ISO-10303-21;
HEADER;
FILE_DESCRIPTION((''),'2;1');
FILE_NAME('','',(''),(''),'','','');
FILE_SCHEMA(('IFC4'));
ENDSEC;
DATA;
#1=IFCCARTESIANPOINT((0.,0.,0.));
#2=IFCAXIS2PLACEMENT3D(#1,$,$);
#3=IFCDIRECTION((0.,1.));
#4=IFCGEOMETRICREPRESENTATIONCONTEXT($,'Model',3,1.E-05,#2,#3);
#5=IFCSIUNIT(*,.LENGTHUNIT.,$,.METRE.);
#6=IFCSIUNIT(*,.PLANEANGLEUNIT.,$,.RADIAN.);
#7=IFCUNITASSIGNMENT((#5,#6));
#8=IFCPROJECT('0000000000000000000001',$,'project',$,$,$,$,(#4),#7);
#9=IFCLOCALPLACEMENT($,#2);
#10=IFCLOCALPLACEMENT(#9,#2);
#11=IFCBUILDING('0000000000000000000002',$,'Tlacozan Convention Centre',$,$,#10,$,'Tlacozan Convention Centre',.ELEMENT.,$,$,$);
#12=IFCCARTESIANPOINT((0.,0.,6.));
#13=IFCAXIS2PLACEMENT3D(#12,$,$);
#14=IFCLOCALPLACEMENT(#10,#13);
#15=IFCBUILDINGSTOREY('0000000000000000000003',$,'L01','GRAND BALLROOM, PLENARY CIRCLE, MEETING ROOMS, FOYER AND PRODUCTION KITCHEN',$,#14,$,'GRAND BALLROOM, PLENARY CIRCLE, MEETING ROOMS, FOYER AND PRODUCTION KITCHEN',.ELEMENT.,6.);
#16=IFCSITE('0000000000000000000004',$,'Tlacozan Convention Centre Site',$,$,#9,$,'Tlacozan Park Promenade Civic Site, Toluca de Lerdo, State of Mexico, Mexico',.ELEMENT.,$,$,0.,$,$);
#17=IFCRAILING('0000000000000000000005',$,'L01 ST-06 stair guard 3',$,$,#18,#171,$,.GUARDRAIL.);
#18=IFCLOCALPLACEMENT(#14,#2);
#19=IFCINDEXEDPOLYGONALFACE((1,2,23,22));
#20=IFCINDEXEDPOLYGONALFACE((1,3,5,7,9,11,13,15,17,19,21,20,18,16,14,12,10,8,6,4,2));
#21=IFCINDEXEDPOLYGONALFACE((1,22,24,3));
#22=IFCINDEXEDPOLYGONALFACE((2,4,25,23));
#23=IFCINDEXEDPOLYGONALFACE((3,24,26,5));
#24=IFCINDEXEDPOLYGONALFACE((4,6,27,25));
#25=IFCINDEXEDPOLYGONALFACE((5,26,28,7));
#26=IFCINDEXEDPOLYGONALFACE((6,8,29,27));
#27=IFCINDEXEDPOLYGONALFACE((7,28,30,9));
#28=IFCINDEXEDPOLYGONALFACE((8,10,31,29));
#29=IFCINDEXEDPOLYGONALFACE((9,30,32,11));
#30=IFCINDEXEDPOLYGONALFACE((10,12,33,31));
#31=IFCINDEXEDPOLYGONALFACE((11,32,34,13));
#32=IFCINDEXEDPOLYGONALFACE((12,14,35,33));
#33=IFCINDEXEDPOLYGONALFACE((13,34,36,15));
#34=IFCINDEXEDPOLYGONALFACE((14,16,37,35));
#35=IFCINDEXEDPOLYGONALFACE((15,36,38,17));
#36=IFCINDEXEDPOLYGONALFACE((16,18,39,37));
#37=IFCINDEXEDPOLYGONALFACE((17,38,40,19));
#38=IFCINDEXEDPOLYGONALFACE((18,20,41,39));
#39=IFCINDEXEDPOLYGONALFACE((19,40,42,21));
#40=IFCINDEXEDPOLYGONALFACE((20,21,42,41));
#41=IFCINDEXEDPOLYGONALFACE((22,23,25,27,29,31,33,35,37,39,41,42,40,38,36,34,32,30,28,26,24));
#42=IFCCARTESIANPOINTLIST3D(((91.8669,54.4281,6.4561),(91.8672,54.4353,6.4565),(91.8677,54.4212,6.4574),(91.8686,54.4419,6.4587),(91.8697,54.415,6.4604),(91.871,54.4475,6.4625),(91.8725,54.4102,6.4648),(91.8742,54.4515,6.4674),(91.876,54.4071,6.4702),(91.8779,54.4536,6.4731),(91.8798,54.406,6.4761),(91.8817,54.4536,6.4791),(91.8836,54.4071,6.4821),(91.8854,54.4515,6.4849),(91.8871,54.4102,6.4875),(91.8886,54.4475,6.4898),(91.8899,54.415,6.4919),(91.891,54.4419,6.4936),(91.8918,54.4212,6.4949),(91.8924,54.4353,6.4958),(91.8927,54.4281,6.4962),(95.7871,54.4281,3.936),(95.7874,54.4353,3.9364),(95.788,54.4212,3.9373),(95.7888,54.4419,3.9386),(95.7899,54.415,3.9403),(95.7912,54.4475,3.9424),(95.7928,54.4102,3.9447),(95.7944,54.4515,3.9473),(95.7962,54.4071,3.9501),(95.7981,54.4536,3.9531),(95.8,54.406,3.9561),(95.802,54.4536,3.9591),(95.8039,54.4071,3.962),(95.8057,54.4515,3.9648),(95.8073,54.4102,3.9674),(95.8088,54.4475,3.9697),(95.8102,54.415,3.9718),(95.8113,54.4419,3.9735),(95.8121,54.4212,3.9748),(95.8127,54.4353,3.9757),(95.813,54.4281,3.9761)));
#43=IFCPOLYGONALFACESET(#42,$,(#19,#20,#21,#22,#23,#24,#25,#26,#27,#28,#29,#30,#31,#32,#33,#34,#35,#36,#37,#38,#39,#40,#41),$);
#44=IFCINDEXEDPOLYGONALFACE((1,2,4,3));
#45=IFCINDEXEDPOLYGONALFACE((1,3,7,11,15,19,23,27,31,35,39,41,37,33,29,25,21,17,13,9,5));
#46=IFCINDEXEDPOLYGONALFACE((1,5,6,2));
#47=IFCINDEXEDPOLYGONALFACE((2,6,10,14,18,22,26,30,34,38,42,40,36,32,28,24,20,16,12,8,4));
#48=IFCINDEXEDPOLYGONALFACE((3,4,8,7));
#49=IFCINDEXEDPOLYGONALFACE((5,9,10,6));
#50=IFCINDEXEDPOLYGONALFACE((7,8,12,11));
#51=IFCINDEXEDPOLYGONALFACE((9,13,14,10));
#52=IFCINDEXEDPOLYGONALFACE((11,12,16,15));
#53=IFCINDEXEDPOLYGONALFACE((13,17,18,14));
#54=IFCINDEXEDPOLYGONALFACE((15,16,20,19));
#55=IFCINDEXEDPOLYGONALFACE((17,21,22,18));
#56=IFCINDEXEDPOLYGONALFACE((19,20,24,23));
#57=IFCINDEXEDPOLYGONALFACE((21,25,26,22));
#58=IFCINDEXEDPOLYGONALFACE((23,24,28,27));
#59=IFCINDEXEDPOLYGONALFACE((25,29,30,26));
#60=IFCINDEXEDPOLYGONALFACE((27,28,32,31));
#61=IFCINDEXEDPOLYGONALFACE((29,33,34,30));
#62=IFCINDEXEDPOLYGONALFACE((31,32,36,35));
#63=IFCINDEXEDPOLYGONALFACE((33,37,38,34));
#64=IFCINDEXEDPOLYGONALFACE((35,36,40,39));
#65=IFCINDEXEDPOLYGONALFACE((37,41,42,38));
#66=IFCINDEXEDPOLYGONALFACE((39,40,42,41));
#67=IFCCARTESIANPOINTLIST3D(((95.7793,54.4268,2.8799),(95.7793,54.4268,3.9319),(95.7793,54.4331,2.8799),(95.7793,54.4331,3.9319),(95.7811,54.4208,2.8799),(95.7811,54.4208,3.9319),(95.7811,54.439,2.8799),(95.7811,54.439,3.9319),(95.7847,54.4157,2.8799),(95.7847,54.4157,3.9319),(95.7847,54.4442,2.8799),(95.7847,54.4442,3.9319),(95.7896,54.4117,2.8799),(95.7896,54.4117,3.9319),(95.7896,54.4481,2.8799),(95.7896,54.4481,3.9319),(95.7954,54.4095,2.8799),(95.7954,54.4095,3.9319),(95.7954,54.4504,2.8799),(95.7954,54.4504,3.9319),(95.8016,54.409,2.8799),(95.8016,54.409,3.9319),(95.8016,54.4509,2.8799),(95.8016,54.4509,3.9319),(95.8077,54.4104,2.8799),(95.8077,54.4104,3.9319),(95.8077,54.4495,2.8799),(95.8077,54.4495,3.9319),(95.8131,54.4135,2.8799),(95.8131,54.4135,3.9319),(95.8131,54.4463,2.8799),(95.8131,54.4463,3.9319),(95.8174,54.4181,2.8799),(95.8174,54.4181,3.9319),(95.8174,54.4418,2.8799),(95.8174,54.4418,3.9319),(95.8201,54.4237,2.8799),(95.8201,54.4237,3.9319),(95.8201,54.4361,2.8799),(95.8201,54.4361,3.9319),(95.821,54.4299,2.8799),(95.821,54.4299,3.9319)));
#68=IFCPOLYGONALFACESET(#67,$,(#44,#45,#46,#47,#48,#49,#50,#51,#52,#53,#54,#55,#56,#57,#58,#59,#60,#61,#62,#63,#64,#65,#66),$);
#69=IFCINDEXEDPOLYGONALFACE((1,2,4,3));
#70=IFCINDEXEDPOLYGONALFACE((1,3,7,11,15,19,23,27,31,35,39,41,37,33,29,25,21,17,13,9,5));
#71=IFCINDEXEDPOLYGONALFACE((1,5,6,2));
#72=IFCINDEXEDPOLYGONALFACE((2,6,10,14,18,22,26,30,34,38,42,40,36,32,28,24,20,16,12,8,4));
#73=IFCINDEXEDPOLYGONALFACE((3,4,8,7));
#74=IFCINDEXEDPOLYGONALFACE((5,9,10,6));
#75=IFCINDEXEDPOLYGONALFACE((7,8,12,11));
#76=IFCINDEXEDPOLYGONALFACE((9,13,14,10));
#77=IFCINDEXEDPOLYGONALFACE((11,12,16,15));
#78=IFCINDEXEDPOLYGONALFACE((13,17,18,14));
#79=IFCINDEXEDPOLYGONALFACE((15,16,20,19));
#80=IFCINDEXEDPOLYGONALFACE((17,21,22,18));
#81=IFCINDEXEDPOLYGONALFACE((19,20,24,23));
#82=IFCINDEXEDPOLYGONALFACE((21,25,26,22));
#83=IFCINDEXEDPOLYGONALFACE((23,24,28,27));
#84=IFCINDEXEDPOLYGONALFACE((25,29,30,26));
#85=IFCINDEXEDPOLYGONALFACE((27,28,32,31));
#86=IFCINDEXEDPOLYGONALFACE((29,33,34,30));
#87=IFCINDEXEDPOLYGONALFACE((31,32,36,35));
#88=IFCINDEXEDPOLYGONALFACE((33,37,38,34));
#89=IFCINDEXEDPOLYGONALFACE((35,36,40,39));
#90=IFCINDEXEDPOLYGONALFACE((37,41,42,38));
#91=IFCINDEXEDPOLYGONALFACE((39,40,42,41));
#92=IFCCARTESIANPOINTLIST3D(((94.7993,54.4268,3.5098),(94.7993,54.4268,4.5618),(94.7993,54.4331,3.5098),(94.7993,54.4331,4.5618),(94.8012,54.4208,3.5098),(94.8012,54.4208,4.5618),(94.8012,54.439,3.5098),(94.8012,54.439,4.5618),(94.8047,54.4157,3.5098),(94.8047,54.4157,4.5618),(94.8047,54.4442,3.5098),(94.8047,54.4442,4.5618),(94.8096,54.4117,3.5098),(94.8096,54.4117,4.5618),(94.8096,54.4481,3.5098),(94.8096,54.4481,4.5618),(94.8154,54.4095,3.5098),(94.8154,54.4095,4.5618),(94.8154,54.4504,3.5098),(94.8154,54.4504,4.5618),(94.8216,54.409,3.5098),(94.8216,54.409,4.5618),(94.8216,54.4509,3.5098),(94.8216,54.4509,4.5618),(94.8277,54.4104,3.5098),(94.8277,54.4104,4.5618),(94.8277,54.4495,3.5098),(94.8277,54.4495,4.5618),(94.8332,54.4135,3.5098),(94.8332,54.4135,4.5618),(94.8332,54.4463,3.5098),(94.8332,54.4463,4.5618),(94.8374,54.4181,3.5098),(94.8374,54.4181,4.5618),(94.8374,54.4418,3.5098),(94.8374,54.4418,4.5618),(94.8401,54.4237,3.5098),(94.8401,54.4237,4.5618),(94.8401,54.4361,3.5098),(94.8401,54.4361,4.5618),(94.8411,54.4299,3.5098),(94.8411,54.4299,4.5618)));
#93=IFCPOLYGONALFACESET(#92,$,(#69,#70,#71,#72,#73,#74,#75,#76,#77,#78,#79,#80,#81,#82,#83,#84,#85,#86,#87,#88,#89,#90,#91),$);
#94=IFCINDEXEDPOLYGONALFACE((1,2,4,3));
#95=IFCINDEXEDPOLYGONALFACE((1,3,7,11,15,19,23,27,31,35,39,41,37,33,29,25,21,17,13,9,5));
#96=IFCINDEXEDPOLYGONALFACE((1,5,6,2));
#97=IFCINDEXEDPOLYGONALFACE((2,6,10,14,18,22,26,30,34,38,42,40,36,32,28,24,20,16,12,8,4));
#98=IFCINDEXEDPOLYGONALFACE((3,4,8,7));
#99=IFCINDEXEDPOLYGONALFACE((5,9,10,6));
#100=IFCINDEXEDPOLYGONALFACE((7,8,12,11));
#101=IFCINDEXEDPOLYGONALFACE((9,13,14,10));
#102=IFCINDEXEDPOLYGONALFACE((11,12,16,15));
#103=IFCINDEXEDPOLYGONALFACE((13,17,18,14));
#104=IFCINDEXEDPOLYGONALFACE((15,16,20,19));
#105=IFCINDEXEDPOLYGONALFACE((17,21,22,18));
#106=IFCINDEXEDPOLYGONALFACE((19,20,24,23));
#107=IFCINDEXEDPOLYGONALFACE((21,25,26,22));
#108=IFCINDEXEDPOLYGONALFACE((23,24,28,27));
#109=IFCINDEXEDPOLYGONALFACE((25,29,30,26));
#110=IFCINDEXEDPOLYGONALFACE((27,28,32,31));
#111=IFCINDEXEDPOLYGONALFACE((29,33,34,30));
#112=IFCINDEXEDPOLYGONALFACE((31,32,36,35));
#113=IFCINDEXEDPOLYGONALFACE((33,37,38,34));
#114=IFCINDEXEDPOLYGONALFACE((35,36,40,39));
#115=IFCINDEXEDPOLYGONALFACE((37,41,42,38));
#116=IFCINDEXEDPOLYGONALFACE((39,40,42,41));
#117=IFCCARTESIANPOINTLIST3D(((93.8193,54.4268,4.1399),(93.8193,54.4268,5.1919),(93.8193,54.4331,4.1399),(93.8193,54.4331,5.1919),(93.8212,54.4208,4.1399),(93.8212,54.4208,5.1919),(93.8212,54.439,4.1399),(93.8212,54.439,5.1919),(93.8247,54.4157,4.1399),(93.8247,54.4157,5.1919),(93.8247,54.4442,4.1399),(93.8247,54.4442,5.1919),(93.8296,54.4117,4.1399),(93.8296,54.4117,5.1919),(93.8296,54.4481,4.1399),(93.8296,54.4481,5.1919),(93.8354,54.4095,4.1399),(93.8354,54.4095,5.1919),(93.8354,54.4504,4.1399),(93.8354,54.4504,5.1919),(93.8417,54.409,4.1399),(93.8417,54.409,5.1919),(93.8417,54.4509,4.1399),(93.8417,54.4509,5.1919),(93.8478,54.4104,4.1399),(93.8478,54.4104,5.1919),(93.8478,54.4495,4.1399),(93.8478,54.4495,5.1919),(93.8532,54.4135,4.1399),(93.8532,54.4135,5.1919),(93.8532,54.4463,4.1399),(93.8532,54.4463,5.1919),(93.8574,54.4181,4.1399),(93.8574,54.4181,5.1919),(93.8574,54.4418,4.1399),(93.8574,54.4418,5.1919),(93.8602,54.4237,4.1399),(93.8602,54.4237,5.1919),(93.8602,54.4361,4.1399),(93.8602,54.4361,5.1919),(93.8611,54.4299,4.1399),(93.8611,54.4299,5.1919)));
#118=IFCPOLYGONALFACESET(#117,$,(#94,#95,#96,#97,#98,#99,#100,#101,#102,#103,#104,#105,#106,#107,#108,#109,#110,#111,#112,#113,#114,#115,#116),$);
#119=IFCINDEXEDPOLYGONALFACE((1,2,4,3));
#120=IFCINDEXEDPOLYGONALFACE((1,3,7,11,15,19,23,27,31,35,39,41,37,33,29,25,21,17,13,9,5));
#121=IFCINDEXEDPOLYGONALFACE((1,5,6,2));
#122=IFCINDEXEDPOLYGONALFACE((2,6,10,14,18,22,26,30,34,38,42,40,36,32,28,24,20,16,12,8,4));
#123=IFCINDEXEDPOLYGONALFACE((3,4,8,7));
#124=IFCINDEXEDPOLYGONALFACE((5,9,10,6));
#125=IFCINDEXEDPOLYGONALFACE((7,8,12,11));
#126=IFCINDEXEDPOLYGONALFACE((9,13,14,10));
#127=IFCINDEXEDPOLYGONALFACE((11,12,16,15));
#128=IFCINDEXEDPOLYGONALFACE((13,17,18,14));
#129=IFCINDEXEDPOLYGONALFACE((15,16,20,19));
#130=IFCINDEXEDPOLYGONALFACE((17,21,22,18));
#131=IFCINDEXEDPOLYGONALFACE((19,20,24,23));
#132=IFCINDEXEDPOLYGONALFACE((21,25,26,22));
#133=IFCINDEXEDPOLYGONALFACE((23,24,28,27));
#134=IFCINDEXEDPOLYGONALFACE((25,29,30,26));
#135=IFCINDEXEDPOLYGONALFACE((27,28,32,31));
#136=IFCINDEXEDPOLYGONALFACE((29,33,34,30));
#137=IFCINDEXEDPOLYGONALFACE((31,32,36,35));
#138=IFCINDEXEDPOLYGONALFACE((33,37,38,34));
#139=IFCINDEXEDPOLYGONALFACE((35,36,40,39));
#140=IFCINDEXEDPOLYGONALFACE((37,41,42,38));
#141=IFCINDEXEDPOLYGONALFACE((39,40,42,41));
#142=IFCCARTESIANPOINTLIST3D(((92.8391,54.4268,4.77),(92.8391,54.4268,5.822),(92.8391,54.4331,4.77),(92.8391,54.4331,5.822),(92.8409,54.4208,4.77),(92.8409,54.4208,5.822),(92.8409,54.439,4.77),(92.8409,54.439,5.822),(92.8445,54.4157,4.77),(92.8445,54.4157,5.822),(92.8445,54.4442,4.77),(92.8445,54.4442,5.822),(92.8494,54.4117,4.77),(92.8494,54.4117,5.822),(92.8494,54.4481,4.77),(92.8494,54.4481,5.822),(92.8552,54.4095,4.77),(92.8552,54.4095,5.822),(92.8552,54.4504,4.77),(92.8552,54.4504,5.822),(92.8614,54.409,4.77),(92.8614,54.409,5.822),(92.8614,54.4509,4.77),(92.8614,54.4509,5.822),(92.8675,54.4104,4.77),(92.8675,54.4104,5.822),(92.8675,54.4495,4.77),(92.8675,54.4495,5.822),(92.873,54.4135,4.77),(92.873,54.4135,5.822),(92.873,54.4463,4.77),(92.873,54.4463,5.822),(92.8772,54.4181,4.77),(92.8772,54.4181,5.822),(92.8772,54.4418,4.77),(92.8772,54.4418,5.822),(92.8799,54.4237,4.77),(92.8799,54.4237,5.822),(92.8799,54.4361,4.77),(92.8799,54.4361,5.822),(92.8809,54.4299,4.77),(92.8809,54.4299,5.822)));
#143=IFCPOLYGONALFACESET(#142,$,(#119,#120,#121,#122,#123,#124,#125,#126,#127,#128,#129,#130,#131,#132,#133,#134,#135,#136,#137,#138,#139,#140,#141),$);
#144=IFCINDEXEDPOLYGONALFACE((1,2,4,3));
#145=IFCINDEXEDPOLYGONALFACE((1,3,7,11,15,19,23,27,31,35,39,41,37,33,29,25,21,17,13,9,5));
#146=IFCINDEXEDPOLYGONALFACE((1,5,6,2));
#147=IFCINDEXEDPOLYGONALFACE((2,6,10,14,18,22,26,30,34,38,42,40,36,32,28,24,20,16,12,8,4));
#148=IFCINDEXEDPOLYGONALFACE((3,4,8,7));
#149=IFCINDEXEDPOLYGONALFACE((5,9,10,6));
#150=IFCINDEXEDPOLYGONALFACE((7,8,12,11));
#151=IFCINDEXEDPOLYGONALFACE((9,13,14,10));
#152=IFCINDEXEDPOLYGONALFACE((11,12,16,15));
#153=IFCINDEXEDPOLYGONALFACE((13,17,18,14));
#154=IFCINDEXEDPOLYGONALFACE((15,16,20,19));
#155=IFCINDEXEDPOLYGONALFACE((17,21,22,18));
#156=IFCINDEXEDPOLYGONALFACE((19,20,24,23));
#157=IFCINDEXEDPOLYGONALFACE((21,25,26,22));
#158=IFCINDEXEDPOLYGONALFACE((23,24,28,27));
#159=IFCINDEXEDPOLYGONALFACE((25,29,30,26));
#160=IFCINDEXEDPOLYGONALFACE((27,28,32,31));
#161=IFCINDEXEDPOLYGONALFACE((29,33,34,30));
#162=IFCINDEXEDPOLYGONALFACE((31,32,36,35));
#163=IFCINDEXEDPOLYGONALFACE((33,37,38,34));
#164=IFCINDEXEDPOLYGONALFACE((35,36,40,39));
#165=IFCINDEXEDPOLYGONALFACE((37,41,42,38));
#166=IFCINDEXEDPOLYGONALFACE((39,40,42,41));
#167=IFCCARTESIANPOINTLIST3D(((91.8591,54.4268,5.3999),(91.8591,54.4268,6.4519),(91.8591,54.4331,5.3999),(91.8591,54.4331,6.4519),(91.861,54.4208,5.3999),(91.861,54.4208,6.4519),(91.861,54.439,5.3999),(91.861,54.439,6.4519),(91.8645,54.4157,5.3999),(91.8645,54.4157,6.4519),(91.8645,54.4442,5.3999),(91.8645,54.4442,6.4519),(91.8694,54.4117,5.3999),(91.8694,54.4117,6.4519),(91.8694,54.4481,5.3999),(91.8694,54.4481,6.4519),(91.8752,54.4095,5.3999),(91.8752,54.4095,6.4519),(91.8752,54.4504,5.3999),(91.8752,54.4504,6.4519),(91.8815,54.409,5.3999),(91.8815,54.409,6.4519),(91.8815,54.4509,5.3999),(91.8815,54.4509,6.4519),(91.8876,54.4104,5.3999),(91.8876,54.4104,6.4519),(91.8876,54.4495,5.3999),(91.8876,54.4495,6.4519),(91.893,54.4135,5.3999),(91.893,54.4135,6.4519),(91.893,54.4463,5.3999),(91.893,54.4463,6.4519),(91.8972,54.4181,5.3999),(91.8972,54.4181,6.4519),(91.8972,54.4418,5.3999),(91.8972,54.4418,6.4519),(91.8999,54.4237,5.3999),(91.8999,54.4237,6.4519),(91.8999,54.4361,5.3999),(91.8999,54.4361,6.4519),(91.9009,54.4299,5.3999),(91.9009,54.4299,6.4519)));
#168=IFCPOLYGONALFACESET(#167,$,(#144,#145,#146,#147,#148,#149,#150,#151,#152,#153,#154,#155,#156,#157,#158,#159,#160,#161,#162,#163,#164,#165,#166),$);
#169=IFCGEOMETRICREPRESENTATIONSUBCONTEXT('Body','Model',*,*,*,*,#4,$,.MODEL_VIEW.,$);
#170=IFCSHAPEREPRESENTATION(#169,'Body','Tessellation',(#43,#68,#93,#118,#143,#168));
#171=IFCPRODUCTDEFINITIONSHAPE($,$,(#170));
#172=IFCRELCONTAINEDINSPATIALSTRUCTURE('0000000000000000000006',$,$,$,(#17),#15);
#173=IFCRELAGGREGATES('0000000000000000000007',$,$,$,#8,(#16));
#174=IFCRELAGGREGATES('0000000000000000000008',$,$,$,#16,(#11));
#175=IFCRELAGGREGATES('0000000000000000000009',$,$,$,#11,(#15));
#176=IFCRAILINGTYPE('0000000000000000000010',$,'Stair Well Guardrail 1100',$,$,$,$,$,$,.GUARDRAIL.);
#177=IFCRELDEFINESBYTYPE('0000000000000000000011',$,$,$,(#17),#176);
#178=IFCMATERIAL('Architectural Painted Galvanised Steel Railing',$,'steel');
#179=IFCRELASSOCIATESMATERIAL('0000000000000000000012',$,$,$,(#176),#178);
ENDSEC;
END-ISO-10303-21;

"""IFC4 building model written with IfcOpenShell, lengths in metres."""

from ifc_helpers import new_model, si_unit, direction, frame, origin, origin_2d, place, context, subcontext, project, spatial, circle, extrude, material, type_object, element, save


model = new_model("IFC4")

# Units and contexts
model_context = context("Model", 3, precision=1e-05, world=origin(), true_north=direction((0.0, 1.0)))
body_context = subcontext(model_context, "Body", "Model", "MODEL_VIEW")
ifc_project = project(units=[si_unit("LENGTHUNIT", "METRE"), si_unit("PLANEANGLEUNIT", "RADIAN")], contexts=[model_context])

# Site, building, storey
site_placement = place(None, origin())
site = spatial("IfcSite", under=ifc_project, at=site_placement, Name="Tlacozan Convention Centre Site", LongName="Tlacozan Park Promenade Civic Site, Toluca de Lerdo, State of Mexico, Mexico", CompositionType="ELEMENT", RefElevation=0.0)
building_placement = place(site_placement, origin())
building = spatial("IfcBuilding", under=site, at=building_placement, Name="Tlacozan Convention Centre", LongName="Tlacozan Convention Centre", CompositionType="ELEMENT")
storey_placement = place(building_placement, frame((0.0, 0.0, 6.0)))
storey = spatial("IfcBuildingStorey", under=building, at=storey_placement, Name="L01", Description="GRAND BALLROOM, PLENARY CIRCLE, MEETING ROOMS, FOYER AND PRODUCTION KITCHEN", LongName="GRAND BALLROOM, PLENARY CIRCLE, MEETING ROOMS, FOYER AND PRODUCTION KITCHEN", CompositionType="ELEMENT", Elevation=6.0)

# Railing
ifc_material_1 = material(Name="Architectural Painted Galvanised Steel Railing", Category="steel")
railing_type_1 = type_object("IfcRailingType", Name="Stair Well Guardrail 1100", PredefinedType="GUARDRAIL", material=ifc_material_1)
railing_1_placement = place(storey_placement, frame((95.8, 54.4299, 2.8799)))
element("IfcRailing", 1, at=railing_1_placement, inside=storey, type_object=railing_type_1, Name="L01 ST-06 stair guard 3", PredefinedType="GUARDRAIL", context=body_context, shape_type="SweptSolid", body=[
    extrude(circle(Radius=0.0239, at=origin_2d()), frame((0.0, 0.0, 1.0762), z_axis=(-0.841187, 0.0, 0.540744), x_axis=(0.0, -1.0, 0.0)), (0.0, 0.0, 1.0), 4.6604),
    extrude(circle(Radius=0.021, at=origin_2d()), origin(), (0.0, 0.0, 1.0), 1.052),
    extrude(circle(Radius=0.021, at=origin_2d()), frame((-0.98, 0.0, 0.6299)), (0.0, 0.0, 1.0), 1.052),
    extrude(circle(Radius=0.021, at=origin_2d()), frame((-1.96, 0.0, 1.26)), (0.0, 0.0, 1.0), 1.052),
    extrude(circle(Radius=0.021, at=origin_2d()), frame((-2.9402, 0.0, 1.8901)), (0.0, 0.0, 1.0), 1.052),
    extrude(circle(Radius=0.021, at=origin_2d()), frame((-3.9202, 0.0, 2.52)), (0.0, 0.0, 1.0), 1.052),
])

save(model, "model.ifc")
